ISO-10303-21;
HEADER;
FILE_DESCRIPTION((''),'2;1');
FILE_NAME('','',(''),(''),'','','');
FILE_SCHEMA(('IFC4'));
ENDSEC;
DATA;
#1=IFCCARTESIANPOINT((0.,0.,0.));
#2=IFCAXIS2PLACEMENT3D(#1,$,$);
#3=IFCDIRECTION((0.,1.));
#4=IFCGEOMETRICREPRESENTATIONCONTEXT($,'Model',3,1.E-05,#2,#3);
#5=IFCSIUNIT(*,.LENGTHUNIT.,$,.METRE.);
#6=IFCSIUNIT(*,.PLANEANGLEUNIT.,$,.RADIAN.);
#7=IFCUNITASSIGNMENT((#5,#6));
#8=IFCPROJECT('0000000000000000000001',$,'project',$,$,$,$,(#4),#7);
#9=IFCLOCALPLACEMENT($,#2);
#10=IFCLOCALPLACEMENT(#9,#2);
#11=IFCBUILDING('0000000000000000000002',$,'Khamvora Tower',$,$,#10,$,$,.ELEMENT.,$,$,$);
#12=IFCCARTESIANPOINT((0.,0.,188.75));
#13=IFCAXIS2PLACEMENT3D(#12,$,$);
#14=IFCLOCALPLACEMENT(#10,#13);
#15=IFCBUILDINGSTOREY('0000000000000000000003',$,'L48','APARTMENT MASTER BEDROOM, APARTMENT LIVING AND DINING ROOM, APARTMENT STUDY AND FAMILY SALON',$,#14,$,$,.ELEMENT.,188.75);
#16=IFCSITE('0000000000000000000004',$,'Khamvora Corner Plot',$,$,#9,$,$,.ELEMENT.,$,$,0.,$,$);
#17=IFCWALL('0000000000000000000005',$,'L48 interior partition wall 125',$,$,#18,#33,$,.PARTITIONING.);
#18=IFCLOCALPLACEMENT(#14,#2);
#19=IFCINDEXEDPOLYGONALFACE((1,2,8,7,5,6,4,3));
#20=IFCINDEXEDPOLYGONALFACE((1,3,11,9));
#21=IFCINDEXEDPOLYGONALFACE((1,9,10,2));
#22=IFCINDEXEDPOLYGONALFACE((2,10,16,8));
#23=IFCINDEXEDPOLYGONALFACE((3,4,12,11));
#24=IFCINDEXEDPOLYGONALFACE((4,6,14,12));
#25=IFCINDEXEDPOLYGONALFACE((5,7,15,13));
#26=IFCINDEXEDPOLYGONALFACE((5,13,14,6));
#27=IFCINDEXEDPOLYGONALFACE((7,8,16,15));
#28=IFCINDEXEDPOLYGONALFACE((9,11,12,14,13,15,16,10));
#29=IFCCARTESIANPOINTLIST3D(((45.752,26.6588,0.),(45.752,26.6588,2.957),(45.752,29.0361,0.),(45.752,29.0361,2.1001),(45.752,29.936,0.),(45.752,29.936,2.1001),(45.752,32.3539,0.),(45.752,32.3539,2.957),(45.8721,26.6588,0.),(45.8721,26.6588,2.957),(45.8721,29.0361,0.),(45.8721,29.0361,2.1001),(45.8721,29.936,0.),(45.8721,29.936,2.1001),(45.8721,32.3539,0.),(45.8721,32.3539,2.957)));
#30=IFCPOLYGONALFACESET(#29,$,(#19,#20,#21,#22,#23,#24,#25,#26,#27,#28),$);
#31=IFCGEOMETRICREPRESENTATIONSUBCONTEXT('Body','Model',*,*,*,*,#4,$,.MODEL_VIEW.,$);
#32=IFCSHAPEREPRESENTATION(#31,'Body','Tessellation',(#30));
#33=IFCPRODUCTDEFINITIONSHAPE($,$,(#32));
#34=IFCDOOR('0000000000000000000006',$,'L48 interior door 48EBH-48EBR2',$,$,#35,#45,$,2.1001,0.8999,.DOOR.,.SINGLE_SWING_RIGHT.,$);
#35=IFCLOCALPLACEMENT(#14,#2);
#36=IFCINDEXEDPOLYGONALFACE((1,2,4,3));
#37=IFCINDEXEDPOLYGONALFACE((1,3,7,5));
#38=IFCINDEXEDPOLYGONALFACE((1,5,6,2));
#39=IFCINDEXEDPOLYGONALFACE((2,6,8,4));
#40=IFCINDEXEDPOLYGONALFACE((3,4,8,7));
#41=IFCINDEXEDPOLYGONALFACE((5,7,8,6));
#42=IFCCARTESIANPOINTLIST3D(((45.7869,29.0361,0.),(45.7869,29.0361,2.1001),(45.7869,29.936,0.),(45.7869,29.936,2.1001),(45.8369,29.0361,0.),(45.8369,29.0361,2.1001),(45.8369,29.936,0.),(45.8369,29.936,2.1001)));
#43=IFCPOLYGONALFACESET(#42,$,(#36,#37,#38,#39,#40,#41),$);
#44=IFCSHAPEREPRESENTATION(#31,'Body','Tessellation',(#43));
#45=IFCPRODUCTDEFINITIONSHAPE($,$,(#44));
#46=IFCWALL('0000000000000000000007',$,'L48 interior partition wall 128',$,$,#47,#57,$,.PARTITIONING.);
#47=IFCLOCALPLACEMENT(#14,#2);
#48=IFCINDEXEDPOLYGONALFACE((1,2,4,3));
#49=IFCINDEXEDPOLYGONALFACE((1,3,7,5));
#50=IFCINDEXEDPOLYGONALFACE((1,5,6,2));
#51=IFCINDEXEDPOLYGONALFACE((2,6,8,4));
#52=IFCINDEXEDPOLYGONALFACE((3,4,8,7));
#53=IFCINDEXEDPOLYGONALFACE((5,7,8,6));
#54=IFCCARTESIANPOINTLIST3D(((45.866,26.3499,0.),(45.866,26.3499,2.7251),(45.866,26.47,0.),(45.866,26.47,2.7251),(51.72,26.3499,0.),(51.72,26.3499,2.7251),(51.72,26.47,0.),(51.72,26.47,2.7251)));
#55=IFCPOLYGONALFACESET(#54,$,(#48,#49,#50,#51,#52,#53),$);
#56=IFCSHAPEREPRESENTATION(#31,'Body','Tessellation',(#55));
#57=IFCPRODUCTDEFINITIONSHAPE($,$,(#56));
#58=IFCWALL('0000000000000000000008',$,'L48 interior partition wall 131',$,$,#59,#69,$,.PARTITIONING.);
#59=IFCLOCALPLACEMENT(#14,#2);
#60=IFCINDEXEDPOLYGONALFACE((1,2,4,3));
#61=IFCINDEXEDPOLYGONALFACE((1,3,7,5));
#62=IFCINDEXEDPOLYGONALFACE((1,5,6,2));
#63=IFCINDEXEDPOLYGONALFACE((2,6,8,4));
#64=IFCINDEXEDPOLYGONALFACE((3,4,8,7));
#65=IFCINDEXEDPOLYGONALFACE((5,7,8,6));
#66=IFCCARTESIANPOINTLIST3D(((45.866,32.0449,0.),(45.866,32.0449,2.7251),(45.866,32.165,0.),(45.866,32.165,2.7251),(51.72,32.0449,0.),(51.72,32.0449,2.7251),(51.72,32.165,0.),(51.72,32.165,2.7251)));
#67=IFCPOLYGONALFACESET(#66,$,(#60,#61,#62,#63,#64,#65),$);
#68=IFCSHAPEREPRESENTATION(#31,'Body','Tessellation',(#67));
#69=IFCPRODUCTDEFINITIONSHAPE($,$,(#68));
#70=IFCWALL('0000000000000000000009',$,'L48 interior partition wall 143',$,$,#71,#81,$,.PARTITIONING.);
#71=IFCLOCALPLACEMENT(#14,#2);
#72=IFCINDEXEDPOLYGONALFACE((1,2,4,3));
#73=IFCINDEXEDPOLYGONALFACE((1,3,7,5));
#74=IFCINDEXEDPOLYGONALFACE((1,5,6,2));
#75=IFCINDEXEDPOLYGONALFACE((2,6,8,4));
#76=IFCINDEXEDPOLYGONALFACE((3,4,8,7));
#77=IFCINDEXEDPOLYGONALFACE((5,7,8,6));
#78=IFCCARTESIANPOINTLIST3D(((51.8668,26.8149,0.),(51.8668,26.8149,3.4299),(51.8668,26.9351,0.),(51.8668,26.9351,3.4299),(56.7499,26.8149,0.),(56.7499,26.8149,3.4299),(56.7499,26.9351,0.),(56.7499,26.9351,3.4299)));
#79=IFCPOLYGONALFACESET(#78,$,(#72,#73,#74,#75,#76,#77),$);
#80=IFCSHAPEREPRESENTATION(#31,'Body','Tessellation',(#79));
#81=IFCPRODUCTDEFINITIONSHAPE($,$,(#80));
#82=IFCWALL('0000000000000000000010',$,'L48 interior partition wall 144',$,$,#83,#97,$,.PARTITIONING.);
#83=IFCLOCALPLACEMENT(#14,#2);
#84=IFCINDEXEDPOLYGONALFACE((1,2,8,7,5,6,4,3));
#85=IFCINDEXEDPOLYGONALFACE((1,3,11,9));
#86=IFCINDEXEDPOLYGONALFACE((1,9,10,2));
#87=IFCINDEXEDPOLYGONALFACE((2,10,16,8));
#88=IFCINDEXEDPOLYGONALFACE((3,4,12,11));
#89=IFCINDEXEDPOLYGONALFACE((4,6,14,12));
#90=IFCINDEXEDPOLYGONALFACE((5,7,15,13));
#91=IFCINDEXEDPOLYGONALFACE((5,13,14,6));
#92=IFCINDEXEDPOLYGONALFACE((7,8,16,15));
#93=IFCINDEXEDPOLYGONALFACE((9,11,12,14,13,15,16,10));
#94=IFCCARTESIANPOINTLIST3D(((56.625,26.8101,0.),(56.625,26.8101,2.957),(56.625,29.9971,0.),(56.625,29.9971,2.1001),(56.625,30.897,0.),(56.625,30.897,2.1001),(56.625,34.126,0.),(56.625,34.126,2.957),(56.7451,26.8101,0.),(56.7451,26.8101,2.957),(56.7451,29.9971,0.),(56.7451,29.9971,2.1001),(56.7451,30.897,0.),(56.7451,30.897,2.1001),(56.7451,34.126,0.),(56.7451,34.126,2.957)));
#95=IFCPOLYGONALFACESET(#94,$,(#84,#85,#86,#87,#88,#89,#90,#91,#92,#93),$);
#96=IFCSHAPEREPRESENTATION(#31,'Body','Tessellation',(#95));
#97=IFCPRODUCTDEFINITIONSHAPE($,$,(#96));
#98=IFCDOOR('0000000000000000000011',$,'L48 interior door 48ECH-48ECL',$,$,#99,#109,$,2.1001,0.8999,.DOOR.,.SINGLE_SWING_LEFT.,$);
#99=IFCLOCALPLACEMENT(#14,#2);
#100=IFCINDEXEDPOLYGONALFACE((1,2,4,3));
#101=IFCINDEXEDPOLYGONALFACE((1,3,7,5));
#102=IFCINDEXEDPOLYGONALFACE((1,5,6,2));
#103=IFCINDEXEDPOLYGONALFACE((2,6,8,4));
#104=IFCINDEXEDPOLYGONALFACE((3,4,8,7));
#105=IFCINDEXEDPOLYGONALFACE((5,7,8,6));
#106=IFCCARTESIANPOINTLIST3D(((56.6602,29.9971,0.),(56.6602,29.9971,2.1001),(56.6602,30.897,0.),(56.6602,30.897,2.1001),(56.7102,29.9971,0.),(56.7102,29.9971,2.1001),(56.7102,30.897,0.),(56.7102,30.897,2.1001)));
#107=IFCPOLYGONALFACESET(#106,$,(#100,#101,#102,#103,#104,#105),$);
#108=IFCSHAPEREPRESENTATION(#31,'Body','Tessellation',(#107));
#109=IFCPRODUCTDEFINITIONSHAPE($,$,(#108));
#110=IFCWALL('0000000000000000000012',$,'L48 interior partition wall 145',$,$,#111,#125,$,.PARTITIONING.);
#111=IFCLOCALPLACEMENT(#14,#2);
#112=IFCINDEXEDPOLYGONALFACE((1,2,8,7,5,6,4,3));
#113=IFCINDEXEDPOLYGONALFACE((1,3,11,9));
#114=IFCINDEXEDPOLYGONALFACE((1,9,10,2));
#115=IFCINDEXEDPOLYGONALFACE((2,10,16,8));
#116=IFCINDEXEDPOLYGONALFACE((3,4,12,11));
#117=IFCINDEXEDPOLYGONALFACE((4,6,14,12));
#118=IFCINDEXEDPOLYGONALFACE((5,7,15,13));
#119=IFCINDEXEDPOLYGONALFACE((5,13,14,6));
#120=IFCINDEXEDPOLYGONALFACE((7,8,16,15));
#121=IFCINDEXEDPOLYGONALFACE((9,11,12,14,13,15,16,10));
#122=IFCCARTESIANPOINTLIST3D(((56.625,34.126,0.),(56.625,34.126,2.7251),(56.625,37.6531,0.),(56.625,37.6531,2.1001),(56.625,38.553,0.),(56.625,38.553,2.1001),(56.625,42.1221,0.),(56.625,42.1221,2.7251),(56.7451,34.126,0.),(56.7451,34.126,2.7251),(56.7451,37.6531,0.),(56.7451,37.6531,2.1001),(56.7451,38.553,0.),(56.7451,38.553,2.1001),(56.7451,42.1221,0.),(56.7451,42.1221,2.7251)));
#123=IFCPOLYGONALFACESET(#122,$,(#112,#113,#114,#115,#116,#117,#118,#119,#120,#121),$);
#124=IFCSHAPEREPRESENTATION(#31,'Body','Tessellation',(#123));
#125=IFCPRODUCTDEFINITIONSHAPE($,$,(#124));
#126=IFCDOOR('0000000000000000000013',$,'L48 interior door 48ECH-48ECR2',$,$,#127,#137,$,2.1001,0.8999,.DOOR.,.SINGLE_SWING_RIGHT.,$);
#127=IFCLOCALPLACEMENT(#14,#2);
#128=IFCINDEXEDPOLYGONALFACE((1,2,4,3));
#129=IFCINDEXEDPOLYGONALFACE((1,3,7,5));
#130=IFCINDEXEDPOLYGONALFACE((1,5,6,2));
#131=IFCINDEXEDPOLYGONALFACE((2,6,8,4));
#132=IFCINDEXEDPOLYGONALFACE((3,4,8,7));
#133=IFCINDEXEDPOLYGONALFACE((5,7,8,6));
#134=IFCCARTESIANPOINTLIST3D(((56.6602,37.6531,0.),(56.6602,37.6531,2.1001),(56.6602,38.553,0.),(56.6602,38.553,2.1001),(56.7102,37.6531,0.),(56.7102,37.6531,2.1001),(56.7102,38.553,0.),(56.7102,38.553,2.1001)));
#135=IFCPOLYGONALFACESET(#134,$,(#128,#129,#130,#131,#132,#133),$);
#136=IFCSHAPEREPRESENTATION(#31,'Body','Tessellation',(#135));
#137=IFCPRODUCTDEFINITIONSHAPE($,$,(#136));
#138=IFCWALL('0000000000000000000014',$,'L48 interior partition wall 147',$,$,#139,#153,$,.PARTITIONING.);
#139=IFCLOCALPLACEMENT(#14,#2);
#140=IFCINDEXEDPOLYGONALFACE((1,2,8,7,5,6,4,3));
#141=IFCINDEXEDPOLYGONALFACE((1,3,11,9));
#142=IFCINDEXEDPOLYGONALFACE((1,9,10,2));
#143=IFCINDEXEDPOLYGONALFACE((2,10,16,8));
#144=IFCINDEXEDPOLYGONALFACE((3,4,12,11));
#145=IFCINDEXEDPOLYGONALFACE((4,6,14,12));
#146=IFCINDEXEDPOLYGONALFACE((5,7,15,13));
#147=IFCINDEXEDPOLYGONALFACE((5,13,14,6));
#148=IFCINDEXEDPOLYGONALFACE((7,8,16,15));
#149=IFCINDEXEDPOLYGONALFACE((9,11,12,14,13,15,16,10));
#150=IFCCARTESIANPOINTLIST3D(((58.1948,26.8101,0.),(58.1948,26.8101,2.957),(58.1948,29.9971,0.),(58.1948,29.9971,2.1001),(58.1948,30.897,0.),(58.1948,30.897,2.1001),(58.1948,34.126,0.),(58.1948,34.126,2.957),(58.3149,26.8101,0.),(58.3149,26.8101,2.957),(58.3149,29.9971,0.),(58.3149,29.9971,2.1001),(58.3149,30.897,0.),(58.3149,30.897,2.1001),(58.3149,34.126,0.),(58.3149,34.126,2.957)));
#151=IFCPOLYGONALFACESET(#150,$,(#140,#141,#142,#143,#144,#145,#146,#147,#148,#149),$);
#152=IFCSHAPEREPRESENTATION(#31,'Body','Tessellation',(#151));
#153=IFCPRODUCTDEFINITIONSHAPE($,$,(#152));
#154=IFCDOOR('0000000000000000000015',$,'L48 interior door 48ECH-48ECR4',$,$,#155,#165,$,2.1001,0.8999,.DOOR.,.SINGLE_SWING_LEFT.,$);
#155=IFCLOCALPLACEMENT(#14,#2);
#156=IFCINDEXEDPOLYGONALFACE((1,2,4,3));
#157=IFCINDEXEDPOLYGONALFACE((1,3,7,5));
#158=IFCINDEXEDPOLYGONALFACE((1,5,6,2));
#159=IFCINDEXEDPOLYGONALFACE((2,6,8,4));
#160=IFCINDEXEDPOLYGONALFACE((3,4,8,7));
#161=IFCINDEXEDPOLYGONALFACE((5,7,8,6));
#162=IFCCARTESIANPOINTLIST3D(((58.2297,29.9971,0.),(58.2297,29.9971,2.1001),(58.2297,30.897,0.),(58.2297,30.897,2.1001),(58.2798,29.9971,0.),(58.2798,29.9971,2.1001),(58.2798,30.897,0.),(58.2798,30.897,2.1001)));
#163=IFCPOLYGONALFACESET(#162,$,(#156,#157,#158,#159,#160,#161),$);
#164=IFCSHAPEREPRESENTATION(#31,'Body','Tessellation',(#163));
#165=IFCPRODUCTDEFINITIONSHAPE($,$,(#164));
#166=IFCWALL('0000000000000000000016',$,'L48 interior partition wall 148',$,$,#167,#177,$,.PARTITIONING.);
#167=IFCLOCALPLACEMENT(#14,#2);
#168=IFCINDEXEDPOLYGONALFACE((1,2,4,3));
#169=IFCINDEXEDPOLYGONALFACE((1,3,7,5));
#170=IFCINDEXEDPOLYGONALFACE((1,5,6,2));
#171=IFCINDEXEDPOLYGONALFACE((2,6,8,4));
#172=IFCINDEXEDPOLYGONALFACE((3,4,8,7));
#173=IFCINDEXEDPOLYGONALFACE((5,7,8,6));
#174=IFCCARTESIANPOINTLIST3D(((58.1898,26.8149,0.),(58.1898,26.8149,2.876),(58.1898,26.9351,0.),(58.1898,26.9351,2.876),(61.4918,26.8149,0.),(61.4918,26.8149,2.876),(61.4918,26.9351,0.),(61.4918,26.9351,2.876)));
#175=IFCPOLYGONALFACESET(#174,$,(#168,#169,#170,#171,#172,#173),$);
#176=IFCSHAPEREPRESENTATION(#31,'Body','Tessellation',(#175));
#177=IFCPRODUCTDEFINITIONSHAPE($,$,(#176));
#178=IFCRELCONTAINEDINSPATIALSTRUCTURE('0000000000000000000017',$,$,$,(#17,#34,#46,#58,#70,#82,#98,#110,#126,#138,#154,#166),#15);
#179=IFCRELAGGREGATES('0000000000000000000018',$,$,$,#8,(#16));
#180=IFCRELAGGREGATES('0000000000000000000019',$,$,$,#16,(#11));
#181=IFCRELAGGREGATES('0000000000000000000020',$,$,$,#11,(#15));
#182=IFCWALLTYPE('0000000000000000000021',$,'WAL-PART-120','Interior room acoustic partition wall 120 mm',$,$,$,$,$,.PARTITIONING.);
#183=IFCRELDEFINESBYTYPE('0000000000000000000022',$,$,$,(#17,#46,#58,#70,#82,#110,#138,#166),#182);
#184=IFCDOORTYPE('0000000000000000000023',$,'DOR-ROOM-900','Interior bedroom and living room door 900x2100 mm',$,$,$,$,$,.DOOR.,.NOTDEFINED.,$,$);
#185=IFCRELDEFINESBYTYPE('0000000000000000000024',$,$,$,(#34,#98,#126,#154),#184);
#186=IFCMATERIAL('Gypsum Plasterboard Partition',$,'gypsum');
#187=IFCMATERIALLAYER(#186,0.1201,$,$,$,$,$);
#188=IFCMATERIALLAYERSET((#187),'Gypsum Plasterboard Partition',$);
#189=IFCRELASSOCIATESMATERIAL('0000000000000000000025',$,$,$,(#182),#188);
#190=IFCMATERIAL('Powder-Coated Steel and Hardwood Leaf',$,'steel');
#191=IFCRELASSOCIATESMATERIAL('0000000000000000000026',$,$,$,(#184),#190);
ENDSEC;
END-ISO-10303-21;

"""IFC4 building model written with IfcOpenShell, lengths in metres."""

from ifc_helpers import new_model, si_unit, direction, frame, frame_2d, origin, place, context, subcontext, project, spatial, rectangle, extrude, material, layer, layer_set, type_object, element, fill, save


model = new_model("IFC4")

# Units and contexts
model_context = context("Model", 3, precision=1e-05, world=origin(), true_north=direction((0.0, 1.0)))
body_context = subcontext(model_context, "Body", "Model", "MODEL_VIEW")
ifc_project = project(units=[si_unit("LENGTHUNIT", "METRE"), si_unit("PLANEANGLEUNIT", "RADIAN")], contexts=[model_context])

# Site, building, storey
site_placement = place(None, origin())
site = spatial("IfcSite", under=ifc_project, at=site_placement, Name="Khamvora Corner Plot", CompositionType="ELEMENT", RefElevation=0.0)
building_placement = place(site_placement, origin())
building = spatial("IfcBuilding", under=site, at=building_placement, Name="Khamvora Tower", CompositionType="ELEMENT")
storey_placement = place(building_placement, frame((0.0, 0.0, 188.75)))
storey = spatial("IfcBuildingStorey", under=building, at=storey_placement, Name="L48", Description="APARTMENT MASTER BEDROOM, APARTMENT LIVING AND DINING ROOM, APARTMENT STUDY AND FAMILY SALON", CompositionType="ELEMENT", Elevation=188.75)

# Wall, opening, door
ifc_material_1 = material(Name="Gypsum Plasterboard Partition", Category="gypsum")
ifc_layer_1 = layer(ifc_material_1, 0.1201)
ifc_layer_set_1 = layer_set([ifc_layer_1], Name="Gypsum Plasterboard Partition")
wall_type_1 = type_object("IfcWallType", Name="WAL-PART-120", Description="Interior room acoustic partition wall 120 mm", PredefinedType="PARTITIONING", material=ifc_layer_set_1)
wall_1_placement = place(storey_placement, frame((45.812, 32.354, 0.0), z_axis=(0.0, 0.0, 1.0), x_axis=(0.0, -1.0, 0.0)))
wall_1 = element("IfcWall", 1, at=wall_1_placement, inside=storey, type_object=wall_type_1, Name="L48 interior partition wall 125", PredefinedType="PARTITIONING", context=body_context, shape_type="SweptSolid", body=[
    extrude(rectangle(XDim=5.6951, YDim=0.1201, at=frame_2d((2.8477, 0.0))), origin(), (0.0, 0.0, 1.0), 2.957),
])
opening_1_placement = place(wall_1_placement, frame((2.418, 0.0, 0.0)))
opening_1 = element("IfcOpeningElement", 2, at=opening_1_placement, cuts=wall_1, PredefinedType="OPENING", context=body_context, shape_type="SweptSolid", body=[
    extrude(rectangle(XDim=0.8999, YDim=2.1001, at=frame_2d((0.45, 1.05))), frame((0.0, 0.0701, 0.0), z_axis=(0.0, -1.0, 0.0), x_axis=(1.0, 0.0, 0.0)), (0.0, 0.0, 1.0), 0.1401),
])
ifc_material_2 = material(Name="Powder-Coated Steel and Hardwood Leaf", Category="steel")
door_type_1 = type_object("IfcDoorType", Name="DOR-ROOM-900", Description="Interior bedroom and living room door 900x2100 mm", OperationType="NOTDEFINED", PredefinedType="DOOR", material=ifc_material_2)
door_1_placement = place(opening_1_placement, origin())
door_1 = element("IfcDoor", 3, at=door_1_placement, inside=storey, type_object=door_type_1, Name="L48 interior door 48EBH-48EBR2", OperationType="SINGLE_SWING_RIGHT", OverallHeight=2.1001, OverallWidth=0.8999, PredefinedType="DOOR", context=body_context, shape_type="SweptSolid", body=[
    extrude(rectangle(XDim=0.8999, YDim=2.1001, at=frame_2d((0.45, 1.05))), frame((0.0, 0.0249, 0.0), z_axis=(0.0, -1.0, 0.0), x_axis=(1.0, 0.0, 0.0)), (0.0, 0.0, 1.0), 0.05),
])
fill(opening_1, door_1)

# Walls
for number, where, z_axis, x_axis, name in (
    (4, (45.866, 26.4099, 0.0), (0.0, 0.0, 1.0), (1.0, 0.0, 0.0), "L48 interior partition wall 128"),
    (5, (45.866, 32.105, 0.0), (0.0, 0.0, 1.0), (1.0, 0.0, 0.0), "L48 interior partition wall 131"),
):
    element("IfcWall", number, at=place(storey_placement, frame(where, z_axis=z_axis, x_axis=x_axis)), inside=storey, type_object=wall_type_1, Name=name, PredefinedType="PARTITIONING", context=body_context, shape_type="SweptSolid", body=[
        extrude(rectangle(XDim=5.854, YDim=0.1201, at=frame_2d((2.927, 0.0))), origin(), (0.0, 0.0, 1.0), 2.7251),
    ])
wall_2_placement = place(storey_placement, frame((51.8669, 26.875, 0.0), z_axis=(0.0, 0.0, 1.0), x_axis=(1.0, 0.0, 0.0)))
element("IfcWall", 6, at=wall_2_placement, inside=storey, type_object=wall_type_1, Name="L48 interior partition wall 143", PredefinedType="PARTITIONING", context=body_context, shape_type="SweptSolid", body=[
    extrude(rectangle(XDim=4.8831, YDim=0.1201, at=frame_2d((2.4414, 0.0))), origin(), (0.0, 0.0, 1.0), 3.4299),
])

# Walls, openings, doors
wall_3_placement = place(storey_placement, frame((56.6851, 26.8101, 0.0), z_axis=(0.0, 0.0, 1.0), x_axis=(0.0, 1.0, 0.0)))
wall_3 = element("IfcWall", 7, at=wall_3_placement, inside=storey, type_object=wall_type_1, Name="L48 interior partition wall 144", PredefinedType="PARTITIONING", context=body_context, shape_type="SweptSolid", body=[
    extrude(rectangle(XDim=7.3159, YDim=0.1201, at=frame_2d((3.658, 0.0))), origin(), (0.0, 0.0, 1.0), 2.957),
])
opening_2_placement = place(wall_3_placement, frame((3.187, 0.0, 0.0)))
opening_2 = element("IfcOpeningElement", 8, at=opening_2_placement, cuts=wall_3, PredefinedType="OPENING", context=body_context, shape_type="SweptSolid", body=[
    extrude(rectangle(XDim=0.8999, YDim=2.1001, at=frame_2d((0.45, 1.05))), frame((0.0, 0.0701, 0.0), z_axis=(0.0, -1.0, 0.0), x_axis=(1.0, 0.0, 0.0)), (0.0, 0.0, 1.0), 0.1401),
])
door_2_placement = place(opening_2_placement, origin())
door_2 = element("IfcDoor", 9, at=door_2_placement, inside=storey, type_object=door_type_1, Name="L48 interior door 48ECH-48ECL", OperationType="SINGLE_SWING_LEFT", OverallHeight=2.1001, OverallWidth=0.8999, PredefinedType="DOOR", context=body_context, shape_type="SweptSolid", body=[
    extrude(rectangle(XDim=0.8999, YDim=2.1001, at=frame_2d((0.45, 1.05))), frame((0.0, 0.0249, 0.0), z_axis=(0.0, -1.0, 0.0), x_axis=(1.0, 0.0, 0.0)), (0.0, 0.0, 1.0), 0.05),
])
fill(opening_2, door_2)
wall_4_placement = place(storey_placement, frame((56.6851, 34.126, 0.0), z_axis=(0.0, 0.0, 1.0), x_axis=(0.0, 1.0, 0.0)))
wall_4 = element("IfcWall", 10, at=wall_4_placement, inside=storey, type_object=wall_type_1, Name="L48 interior partition wall 145", PredefinedType="PARTITIONING", context=body_context, shape_type="SweptSolid", body=[
    extrude(rectangle(XDim=7.9961, YDim=0.1201, at=frame_2d((3.998, 0.0))), origin(), (0.0, 0.0, 1.0), 2.7251),
])
opening_3_placement = place(wall_4_placement, frame((3.5271, 0.0, 0.0)))
opening_3 = element("IfcOpeningElement", 11, at=opening_3_placement, cuts=wall_4, PredefinedType="OPENING", context=body_context, shape_type="SweptSolid", body=[
    extrude(rectangle(XDim=0.8999, YDim=2.1001, at=frame_2d((0.45, 1.05))), frame((0.0, 0.0701, 0.0), z_axis=(0.0, -1.0, 0.0), x_axis=(1.0, 0.0, 0.0)), (0.0, 0.0, 1.0), 0.1401),
])
door_3_placement = place(opening_3_placement, origin())
door_3 = element("IfcDoor", 12, at=door_3_placement, inside=storey, type_object=door_type_1, Name="L48 interior door 48ECH-48ECR2", OperationType="SINGLE_SWING_RIGHT", OverallHeight=2.1001, OverallWidth=0.8999, PredefinedType="DOOR", context=body_context, shape_type="SweptSolid", body=[
    extrude(rectangle(XDim=0.8999, YDim=2.1001, at=frame_2d((0.45, 1.05))), frame((0.0, 0.0249, 0.0), z_axis=(0.0, -1.0, 0.0), x_axis=(1.0, 0.0, 0.0)), (0.0, 0.0, 1.0), 0.05),
])
fill(opening_3, door_3)
wall_5_placement = place(storey_placement, frame((58.2549, 34.126, 0.0), z_axis=(0.0, 0.0, 1.0), x_axis=(0.0, -1.0, 0.0)))
wall_5 = element("IfcWall", 13, at=wall_5_placement, inside=storey, type_object=wall_type_1, Name="L48 interior partition wall 147", PredefinedType="PARTITIONING", context=body_context, shape_type="SweptSolid", body=[
    extrude(rectangle(XDim=7.3159, YDim=0.1201, at=frame_2d((3.658, 0.0))), origin(), (0.0, 0.0, 1.0), 2.957),
])
opening_4_placement = place(wall_5_placement, frame((3.229, 0.0, 0.0)))
opening_4 = element("IfcOpeningElement", 14, at=opening_4_placement, cuts=wall_5, PredefinedType="OPENING", context=body_context, shape_type="SweptSolid", body=[
    extrude(rectangle(XDim=0.8999, YDim=2.1001, at=frame_2d((0.45, 1.05))), frame((0.0, 0.0701, 0.0), z_axis=(0.0, -1.0, 0.0), x_axis=(1.0, 0.0, 0.0)), (0.0, 0.0, 1.0), 0.1401),
])
door_4_placement = place(opening_4_placement, origin())
door_4 = element("IfcDoor", 15, at=door_4_placement, inside=storey, type_object=door_type_1, Name="L48 interior door 48ECH-48ECR4", OperationType="SINGLE_SWING_LEFT", OverallHeight=2.1001, OverallWidth=0.8999, PredefinedType="DOOR", context=body_context, shape_type="SweptSolid", body=[
    extrude(rectangle(XDim=0.8999, YDim=2.1001, at=frame_2d((0.45, 1.05))), frame((0.0, 0.0249, 0.0), z_axis=(0.0, -1.0, 0.0), x_axis=(1.0, 0.0, 0.0)), (0.0, 0.0, 1.0), 0.05),
])
fill(opening_4, door_4)

# Wall
wall_6_placement = place(storey_placement, frame((58.1899, 26.875, 0.0), z_axis=(0.0, 0.0, 1.0), x_axis=(1.0, 0.0, 0.0)))
element("IfcWall", 16, at=wall_6_placement, inside=storey, type_object=wall_type_1, Name="L48 interior partition wall 148", PredefinedType="PARTITIONING", context=body_context, shape_type="SweptSolid", body=[
    extrude(rectangle(XDim=3.302, YDim=0.1201, at=frame_2d((1.6509, 0.0))), origin(), (0.0, 0.0, 1.0), 2.876),
])

save(model, "model.ifc")
